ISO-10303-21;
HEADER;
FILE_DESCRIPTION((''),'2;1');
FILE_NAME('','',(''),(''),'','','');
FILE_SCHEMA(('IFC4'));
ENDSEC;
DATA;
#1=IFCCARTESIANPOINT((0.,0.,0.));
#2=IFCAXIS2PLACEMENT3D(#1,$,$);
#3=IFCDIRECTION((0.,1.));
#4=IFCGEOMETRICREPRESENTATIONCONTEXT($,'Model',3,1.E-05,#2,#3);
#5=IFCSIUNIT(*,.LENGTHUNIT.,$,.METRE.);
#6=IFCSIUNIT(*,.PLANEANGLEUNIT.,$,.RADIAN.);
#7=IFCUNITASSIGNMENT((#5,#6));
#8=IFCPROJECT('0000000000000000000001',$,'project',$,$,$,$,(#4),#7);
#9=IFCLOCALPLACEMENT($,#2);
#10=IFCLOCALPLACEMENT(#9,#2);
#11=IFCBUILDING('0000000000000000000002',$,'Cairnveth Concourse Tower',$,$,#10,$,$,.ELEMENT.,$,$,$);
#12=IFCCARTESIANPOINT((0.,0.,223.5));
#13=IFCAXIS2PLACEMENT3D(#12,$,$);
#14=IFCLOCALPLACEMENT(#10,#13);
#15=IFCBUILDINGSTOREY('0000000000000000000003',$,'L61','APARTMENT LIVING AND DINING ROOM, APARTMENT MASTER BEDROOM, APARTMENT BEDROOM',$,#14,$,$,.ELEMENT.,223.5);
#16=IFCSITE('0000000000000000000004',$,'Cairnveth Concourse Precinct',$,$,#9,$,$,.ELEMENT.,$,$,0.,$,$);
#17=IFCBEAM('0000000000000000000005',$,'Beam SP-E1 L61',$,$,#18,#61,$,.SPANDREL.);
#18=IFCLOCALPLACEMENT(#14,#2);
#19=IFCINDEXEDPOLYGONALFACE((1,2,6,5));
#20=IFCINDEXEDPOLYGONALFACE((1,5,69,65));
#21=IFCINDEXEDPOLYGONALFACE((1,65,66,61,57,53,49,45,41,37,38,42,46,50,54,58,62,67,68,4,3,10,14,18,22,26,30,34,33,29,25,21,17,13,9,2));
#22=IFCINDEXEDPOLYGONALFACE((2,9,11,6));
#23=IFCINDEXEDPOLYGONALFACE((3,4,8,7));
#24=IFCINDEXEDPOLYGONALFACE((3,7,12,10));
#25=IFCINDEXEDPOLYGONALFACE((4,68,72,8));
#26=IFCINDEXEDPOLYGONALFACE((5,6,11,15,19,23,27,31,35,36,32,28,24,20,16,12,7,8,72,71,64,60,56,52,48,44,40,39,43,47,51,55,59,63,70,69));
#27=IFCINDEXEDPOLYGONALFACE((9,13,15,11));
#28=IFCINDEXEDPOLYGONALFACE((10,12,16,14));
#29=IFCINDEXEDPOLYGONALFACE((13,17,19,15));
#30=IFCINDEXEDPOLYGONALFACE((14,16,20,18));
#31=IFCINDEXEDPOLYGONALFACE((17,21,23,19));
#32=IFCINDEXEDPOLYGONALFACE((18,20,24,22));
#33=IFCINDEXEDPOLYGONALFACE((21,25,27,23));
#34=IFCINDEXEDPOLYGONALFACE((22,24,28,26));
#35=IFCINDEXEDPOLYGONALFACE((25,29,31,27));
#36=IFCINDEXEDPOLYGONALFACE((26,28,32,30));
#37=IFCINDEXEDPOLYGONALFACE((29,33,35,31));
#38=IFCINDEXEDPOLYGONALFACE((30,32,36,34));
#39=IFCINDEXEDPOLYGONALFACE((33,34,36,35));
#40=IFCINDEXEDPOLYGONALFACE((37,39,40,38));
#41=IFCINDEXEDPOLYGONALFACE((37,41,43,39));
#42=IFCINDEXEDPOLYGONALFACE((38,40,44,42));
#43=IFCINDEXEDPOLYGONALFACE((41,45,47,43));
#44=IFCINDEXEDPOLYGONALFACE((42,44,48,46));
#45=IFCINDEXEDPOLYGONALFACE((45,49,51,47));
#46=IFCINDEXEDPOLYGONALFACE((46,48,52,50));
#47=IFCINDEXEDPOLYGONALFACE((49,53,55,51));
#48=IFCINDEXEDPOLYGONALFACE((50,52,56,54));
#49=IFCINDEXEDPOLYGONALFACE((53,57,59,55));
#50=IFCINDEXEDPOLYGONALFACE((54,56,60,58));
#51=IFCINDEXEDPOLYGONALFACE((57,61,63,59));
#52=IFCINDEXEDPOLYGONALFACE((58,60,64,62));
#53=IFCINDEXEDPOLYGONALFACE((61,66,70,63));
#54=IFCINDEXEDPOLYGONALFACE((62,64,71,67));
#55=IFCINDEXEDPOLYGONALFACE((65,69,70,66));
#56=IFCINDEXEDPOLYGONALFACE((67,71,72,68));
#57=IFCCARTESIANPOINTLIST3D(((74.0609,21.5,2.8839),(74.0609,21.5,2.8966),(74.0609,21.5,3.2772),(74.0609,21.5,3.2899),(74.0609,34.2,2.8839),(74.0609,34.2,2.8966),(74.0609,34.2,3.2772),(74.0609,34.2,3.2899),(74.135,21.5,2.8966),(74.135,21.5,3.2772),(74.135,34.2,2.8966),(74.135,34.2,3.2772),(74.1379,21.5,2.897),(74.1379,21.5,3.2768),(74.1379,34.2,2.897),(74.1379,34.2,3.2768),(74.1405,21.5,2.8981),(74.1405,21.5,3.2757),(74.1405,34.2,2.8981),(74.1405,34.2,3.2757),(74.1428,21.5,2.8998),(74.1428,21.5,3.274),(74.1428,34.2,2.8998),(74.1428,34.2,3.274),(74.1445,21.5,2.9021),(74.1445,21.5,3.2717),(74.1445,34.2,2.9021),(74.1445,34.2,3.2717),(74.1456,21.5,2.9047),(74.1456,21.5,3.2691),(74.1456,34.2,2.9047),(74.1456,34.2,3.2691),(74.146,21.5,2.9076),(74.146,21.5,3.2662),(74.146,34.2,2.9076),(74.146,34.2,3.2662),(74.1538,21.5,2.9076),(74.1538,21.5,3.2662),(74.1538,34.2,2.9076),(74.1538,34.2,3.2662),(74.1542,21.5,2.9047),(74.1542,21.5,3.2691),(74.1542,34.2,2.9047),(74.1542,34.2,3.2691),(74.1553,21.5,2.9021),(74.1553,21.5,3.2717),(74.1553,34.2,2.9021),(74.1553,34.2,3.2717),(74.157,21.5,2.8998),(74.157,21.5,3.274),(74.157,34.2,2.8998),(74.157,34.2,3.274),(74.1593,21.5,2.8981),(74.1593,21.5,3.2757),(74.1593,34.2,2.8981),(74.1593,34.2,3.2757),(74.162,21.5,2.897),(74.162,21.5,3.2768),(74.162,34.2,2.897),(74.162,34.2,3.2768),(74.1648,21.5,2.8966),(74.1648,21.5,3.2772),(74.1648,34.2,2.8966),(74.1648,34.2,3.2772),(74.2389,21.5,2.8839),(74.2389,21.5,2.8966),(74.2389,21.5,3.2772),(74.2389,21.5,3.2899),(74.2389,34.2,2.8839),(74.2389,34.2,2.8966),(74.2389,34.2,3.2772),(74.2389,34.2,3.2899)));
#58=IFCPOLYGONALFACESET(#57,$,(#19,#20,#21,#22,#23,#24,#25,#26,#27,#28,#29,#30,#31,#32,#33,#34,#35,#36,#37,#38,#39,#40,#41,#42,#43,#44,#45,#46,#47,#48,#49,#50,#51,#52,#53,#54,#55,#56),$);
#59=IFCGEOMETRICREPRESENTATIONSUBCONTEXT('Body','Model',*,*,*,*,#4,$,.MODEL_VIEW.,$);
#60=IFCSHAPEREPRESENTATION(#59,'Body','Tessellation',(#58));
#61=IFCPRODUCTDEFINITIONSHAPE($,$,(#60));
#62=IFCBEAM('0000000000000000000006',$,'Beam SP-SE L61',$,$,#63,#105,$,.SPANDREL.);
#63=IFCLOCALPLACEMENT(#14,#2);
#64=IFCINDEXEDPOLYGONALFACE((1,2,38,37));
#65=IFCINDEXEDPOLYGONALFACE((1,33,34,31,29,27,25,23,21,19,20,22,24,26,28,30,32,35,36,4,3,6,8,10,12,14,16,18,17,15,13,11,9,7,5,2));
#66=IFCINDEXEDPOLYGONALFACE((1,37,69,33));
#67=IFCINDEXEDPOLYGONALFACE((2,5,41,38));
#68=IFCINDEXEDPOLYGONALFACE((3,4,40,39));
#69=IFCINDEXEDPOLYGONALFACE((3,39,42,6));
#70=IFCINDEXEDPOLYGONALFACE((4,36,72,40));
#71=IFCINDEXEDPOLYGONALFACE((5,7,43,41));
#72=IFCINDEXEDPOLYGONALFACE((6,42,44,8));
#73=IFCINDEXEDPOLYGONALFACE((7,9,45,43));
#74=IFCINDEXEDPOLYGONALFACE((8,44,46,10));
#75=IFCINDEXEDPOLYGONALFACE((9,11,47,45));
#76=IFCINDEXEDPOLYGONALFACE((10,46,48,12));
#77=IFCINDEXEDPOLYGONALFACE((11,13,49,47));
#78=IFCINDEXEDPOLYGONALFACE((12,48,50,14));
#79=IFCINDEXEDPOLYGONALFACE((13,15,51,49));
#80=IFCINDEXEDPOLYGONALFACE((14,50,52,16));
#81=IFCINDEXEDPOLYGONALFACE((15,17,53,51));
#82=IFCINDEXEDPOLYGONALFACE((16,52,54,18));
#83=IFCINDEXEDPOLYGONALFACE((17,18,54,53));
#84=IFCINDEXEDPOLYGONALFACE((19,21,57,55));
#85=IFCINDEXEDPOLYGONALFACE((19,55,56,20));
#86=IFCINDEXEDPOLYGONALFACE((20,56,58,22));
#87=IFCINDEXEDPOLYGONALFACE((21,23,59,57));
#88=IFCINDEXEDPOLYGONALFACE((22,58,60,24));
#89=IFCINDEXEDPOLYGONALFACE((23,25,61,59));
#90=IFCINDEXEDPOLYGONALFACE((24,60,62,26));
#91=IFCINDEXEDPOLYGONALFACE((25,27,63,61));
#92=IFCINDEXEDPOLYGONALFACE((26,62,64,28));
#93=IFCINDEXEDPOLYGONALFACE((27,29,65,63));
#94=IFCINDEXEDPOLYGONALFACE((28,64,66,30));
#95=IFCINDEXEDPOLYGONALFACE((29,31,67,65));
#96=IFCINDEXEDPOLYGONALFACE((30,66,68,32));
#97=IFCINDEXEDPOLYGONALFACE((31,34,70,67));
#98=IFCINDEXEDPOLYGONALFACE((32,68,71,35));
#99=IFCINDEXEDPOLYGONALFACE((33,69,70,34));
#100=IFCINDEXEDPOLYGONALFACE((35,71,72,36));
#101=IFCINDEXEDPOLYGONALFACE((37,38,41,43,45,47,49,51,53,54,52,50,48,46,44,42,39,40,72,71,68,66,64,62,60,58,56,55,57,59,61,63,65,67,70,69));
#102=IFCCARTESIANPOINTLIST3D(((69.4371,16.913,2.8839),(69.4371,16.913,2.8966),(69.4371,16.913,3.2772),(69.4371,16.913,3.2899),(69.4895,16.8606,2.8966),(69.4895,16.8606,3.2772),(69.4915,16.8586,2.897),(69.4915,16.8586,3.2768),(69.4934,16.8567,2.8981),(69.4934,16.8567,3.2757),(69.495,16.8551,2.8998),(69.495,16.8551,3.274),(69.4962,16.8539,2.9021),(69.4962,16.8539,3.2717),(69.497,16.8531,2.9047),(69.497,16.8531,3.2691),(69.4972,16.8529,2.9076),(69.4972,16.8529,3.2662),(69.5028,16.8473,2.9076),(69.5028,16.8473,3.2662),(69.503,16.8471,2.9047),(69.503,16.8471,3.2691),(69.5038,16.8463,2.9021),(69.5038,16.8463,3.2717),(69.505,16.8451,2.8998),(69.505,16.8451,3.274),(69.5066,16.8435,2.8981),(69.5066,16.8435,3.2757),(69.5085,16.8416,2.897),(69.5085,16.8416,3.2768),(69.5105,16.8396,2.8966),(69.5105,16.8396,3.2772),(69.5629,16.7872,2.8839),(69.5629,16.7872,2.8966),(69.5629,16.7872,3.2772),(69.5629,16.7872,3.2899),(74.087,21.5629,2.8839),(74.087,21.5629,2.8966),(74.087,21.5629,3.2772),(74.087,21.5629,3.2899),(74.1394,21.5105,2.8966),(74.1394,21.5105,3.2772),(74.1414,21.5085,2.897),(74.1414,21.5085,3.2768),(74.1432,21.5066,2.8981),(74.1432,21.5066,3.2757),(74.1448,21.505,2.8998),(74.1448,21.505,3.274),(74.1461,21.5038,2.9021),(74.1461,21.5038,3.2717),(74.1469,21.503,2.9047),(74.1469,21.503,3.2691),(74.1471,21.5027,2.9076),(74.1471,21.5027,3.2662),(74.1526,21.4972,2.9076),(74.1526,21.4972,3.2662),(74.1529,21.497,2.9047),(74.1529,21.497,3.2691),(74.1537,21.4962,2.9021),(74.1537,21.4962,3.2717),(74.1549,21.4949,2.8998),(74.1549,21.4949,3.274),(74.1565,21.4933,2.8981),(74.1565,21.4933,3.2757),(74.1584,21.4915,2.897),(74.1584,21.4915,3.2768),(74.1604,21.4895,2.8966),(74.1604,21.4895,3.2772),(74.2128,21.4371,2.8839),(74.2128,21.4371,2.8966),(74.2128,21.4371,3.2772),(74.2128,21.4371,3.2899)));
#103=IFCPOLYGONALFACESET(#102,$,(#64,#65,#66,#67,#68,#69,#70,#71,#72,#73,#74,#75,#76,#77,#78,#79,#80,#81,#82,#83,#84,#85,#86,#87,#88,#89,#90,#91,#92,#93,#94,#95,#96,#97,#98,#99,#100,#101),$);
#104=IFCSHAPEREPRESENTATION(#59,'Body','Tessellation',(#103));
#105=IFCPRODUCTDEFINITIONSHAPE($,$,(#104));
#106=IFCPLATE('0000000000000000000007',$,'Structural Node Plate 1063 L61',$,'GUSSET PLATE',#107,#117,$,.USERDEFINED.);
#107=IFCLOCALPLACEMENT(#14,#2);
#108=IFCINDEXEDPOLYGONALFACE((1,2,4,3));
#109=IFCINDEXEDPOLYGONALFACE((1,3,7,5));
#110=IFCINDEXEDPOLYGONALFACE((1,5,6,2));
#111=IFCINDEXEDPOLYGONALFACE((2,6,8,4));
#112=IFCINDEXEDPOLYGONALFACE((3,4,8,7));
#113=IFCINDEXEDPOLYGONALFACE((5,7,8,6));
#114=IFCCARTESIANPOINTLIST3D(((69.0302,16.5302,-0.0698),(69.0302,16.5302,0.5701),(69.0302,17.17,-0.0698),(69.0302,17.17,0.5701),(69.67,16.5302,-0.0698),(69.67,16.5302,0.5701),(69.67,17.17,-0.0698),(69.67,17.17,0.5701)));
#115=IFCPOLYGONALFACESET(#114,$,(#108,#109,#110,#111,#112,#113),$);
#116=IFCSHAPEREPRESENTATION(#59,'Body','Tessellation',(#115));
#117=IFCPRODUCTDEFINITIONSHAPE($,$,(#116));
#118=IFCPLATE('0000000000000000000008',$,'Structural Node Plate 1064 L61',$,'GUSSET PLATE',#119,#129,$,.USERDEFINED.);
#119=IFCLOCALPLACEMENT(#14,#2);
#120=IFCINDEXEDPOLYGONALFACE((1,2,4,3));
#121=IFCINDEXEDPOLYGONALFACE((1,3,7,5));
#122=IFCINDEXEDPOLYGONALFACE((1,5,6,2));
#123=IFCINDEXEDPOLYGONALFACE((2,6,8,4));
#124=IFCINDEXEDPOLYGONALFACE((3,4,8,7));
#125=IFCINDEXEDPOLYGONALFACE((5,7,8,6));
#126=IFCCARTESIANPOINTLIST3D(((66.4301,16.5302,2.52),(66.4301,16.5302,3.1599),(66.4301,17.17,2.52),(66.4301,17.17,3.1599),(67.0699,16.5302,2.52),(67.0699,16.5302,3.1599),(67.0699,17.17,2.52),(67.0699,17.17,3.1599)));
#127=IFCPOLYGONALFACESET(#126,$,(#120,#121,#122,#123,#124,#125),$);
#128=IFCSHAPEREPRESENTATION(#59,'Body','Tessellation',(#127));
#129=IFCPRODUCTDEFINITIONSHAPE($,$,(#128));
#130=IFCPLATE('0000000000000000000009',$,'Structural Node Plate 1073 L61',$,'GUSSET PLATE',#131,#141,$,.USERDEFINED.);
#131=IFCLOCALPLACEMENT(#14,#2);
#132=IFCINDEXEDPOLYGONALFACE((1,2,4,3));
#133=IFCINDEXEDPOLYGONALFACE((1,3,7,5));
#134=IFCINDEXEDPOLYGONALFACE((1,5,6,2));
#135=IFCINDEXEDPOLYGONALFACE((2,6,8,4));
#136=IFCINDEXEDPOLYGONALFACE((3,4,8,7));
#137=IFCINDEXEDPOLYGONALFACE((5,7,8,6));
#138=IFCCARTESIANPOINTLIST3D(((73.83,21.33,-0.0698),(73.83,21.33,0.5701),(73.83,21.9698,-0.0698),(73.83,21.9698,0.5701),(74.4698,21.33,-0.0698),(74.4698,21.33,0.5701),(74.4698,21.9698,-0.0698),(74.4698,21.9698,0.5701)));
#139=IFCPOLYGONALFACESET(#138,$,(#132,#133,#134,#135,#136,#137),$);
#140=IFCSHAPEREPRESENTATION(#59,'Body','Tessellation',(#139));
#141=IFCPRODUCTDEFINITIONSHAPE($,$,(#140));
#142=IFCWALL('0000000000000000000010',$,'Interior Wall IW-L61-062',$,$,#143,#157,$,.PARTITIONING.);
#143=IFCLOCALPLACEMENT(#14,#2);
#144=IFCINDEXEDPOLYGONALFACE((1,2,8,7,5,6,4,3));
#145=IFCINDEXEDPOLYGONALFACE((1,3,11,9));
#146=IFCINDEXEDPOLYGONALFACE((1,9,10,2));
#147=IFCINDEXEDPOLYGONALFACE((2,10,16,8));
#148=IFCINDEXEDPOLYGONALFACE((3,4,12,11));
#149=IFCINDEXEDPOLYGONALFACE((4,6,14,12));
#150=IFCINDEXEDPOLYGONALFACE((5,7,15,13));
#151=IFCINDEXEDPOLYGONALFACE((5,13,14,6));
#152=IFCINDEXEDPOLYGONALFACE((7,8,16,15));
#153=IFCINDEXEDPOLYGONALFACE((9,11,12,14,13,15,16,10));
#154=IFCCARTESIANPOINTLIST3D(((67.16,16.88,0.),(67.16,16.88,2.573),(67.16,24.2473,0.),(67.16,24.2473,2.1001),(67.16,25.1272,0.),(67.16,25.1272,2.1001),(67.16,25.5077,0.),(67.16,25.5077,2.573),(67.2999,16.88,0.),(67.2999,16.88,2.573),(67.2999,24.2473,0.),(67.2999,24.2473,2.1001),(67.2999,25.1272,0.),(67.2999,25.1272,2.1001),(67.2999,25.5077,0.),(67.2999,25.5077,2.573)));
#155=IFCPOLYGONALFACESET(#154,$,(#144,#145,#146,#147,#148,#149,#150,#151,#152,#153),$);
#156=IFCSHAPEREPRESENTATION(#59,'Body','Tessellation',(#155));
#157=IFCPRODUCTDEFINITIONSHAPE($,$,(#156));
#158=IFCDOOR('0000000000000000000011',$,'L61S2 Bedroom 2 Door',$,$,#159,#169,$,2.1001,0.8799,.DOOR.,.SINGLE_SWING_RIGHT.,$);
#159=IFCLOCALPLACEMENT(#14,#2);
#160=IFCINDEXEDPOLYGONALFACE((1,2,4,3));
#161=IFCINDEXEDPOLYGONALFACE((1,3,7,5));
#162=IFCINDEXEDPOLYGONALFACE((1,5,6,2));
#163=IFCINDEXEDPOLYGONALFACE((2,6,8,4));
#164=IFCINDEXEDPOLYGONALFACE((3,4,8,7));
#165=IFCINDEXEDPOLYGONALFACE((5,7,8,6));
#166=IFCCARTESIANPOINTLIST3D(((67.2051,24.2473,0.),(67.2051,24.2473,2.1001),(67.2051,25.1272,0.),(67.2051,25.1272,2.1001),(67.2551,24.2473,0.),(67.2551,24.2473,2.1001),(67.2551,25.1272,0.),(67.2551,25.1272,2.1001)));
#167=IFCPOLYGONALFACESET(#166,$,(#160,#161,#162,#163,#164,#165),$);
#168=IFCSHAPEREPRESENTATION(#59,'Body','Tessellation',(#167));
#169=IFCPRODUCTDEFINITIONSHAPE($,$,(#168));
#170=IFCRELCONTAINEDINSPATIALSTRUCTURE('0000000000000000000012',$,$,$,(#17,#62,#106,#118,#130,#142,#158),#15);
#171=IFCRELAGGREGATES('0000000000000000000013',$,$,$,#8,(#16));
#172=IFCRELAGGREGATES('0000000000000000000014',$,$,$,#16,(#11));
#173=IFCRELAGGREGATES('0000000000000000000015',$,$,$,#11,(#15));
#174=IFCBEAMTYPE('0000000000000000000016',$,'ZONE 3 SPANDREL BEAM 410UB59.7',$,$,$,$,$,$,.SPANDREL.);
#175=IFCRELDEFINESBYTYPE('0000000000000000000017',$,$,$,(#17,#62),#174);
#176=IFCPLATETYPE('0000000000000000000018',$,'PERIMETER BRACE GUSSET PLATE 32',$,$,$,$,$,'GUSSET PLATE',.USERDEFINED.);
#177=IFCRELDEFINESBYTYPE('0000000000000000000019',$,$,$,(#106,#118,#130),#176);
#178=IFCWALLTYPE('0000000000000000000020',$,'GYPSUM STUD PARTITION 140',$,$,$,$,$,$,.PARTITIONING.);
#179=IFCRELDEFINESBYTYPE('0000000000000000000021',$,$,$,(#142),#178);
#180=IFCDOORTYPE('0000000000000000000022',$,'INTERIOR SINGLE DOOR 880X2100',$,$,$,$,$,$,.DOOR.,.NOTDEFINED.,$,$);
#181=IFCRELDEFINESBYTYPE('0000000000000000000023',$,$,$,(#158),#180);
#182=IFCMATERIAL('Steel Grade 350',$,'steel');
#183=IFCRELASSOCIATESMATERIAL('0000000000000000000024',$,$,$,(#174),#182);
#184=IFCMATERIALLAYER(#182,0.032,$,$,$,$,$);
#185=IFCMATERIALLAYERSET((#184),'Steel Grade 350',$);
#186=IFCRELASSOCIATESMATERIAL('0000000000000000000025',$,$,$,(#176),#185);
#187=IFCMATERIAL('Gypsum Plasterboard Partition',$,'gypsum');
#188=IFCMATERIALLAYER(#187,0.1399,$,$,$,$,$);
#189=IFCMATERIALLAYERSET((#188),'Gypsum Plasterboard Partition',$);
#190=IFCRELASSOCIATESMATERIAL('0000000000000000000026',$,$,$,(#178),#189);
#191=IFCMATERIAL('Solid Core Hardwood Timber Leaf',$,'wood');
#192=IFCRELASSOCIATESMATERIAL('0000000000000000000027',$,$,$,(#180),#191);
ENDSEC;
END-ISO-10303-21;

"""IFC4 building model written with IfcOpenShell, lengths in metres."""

from ifc_helpers import new_model, si_unit, direction, frame, frame_2d, origin, origin_2d, place, context, subcontext, project, spatial, rectangle, i_section, extrude, material, layer, layer_set, material_profile, profile_set, type_object, element, fill, save


model = new_model("IFC4")

# Units and contexts
model_context = context("Model", 3, precision=1e-05, world=origin(), true_north=direction((0.0, 1.0)))
body_context = subcontext(model_context, "Body", "Model", "MODEL_VIEW")
ifc_project = project(units=[si_unit("LENGTHUNIT", "METRE"), si_unit("PLANEANGLEUNIT", "RADIAN")], contexts=[model_context])

# Site, building, storey
site_placement = place(None, origin())
site = spatial("IfcSite", under=ifc_project, at=site_placement, Name="Cairnveth Concourse Precinct", CompositionType="ELEMENT", RefElevation=0.0)
building_placement = place(site_placement, origin())
building = spatial("IfcBuilding", under=site, at=building_placement, Name="Cairnveth Concourse Tower", CompositionType="ELEMENT")
storey_placement = place(building_placement, frame((0.0, 0.0, 223.5)))
storey = spatial("IfcBuildingStorey", under=building, at=storey_placement, Name="L61", Description="APARTMENT LIVING AND DINING ROOM, APARTMENT MASTER BEDROOM, APARTMENT BEDROOM", CompositionType="ELEMENT", Elevation=223.5)

# Shared definitions
ifc_material_1 = material(Name="Steel Grade 350", Category="steel")

# Beams
ifc_material_profile_1 = material_profile(ifc_material_1, i_section(OverallWidth=0.178, OverallDepth=0.406, WebThickness=0.0078, FlangeThickness=0.0127, FilletRadius=0.011, at=origin_2d()), Name="410UB59.7")
ifc_profile_set_1 = profile_set([ifc_material_profile_1], Name="Steel Grade 350")
beam_type_1 = type_object("IfcBeamType", Name="ZONE 3 SPANDREL BEAM 410UB59.7", PredefinedType="SPANDREL", material=ifc_profile_set_1)
beam_1_placement = place(storey_placement, frame((74.1499, 21.5, 3.0869), z_axis=(0.0, 1.0, 0.0), x_axis=(-1.0, 0.0, 0.0)))
element("IfcBeam", 1, at=beam_1_placement, inside=storey, type_object=beam_type_1, Name="Beam SP-E1 L61", PredefinedType="SPANDREL", context=body_context, shape_type="SweptSolid", body=[
    extrude(i_section(OverallWidth=0.178, OverallDepth=0.406, WebThickness=0.0078, FlangeThickness=0.0127, FilletRadius=0.011, at=origin_2d()), origin(), (0.0, 0.0, 1.0), 12.7),
])
beam_2_placement = place(storey_placement, frame((69.5, 16.8501, 3.0869), z_axis=(0.707107, 0.707107, 0.0), x_axis=(-0.707107, 0.707107, 0.0)))
element("IfcBeam", 2, at=beam_2_placement, inside=storey, type_object=beam_type_1, Name="Beam SP-SE L61", PredefinedType="SPANDREL", context=body_context, shape_type="SweptSolid", body=[
    extrude(i_section(OverallWidth=0.178, OverallDepth=0.406, WebThickness=0.0078, FlangeThickness=0.0127, FilletRadius=0.011, at=origin_2d()), origin(), (0.0, 0.0, 1.0), 6.5759),
])

# Plates
ifc_layer_1 = layer(ifc_material_1, 0.032)
ifc_layer_set_1 = layer_set([ifc_layer_1], Name="Steel Grade 350")
plate_type = type_object("IfcPlateType", Name="PERIMETER BRACE GUSSET PLATE 32", ElementType="GUSSET PLATE", PredefinedType="USERDEFINED", material=ifc_layer_set_1)
for number, where, z_axis, x_axis, name in (
    (3, (69.3501, 16.8501, -0.0698), (0.0, 0.0, 1.0), (1.0, 0.0, 0.0), "Structural Node Plate 1063 L61"),
    (4, (66.75, 16.8501, 2.52), (0.0, 0.0, 1.0), (1.0, 0.0, 0.0), "Structural Node Plate 1064 L61"),
    (5, (74.1499, 21.6499, -0.0698), (0.0, 0.0, 1.0), (1.0, 0.0, 0.0), "Structural Node Plate 1073 L61"),
):
    element("IfcPlate", number, at=place(storey_placement, frame(where, z_axis=z_axis, x_axis=x_axis)), inside=storey, type_object=plate_type, Name=name, ObjectType="GUSSET PLATE", PredefinedType="USERDEFINED", context=body_context, shape_type="SweptSolid", body=[
        extrude(rectangle(XDim=0.6399, YDim=0.6399, at=origin_2d()), origin(), (0.0, 0.0, 1.0), 0.6399),
    ])

# Wall, opening, door
ifc_material_2 = material(Name="Gypsum Plasterboard Partition", Category="gypsum")
ifc_layer_2 = layer(ifc_material_2, 0.1399)
ifc_layer_set_2 = layer_set([ifc_layer_2], Name="Gypsum Plasterboard Partition")
wall_type_1 = type_object("IfcWallType", Name="GYPSUM STUD PARTITION 140", PredefinedType="PARTITIONING", material=ifc_layer_set_2)
wall_1_placement = place(storey_placement, frame((67.23, 16.8799, 0.0), z_axis=(0.0, 0.0, 1.0), x_axis=(0.0, 1.0, 0.0)))
wall_1 = element("IfcWall", 6, at=wall_1_placement, inside=storey, type_object=wall_type_1, Name="Interior Wall IW-L61-062", PredefinedType="PARTITIONING", context=body_context, shape_type="SweptSolid", body=[
    extrude(rectangle(XDim=8.6277, YDim=0.1399, at=frame_2d((4.314, 0.0))), origin(), (0.0, 0.0, 1.0), 2.573),
])
opening_1_placement = place(wall_1_placement, frame((7.3674, 0.0, 0.0)))
opening_1 = element("IfcOpeningElement", 7, at=opening_1_placement, cuts=wall_1, PredefinedType="OPENING", context=body_context, shape_type="SweptSolid", body=[
    extrude(rectangle(XDim=0.8799, YDim=2.1001, at=frame_2d((0.4399, 1.05))), frame((0.0, 0.0798, 0.0), z_axis=(0.0, -1.0, 0.0), x_axis=(1.0, 0.0, 0.0)), (0.0, 0.0, 1.0), 0.1599),
])
ifc_material_3 = material(Name="Solid Core Hardwood Timber Leaf", Category="wood")
door_type = type_object("IfcDoorType", Name="INTERIOR SINGLE DOOR 880X2100", OperationType="NOTDEFINED", PredefinedType="DOOR", material=ifc_material_3)
door_1_placement = place(opening_1_placement, origin())
door_1 = element("IfcDoor", 8, at=door_1_placement, inside=storey, type_object=door_type, Name="L61S2 Bedroom 2 Door", OperationType="SINGLE_SWING_RIGHT", OverallHeight=2.1001, OverallWidth=0.8799, PredefinedType="DOOR", context=body_context, shape_type="SweptSolid", body=[
    extrude(rectangle(XDim=0.8799, YDim=2.1001, at=frame_2d((0.4399, 1.05))), frame((0.0, 0.0249, 0.0), z_axis=(0.0, -1.0, 0.0), x_axis=(1.0, 0.0, 0.0)), (0.0, 0.0, 1.0), 0.05),
])
fill(opening_1, door_1)

save(model, "model.ifc")
